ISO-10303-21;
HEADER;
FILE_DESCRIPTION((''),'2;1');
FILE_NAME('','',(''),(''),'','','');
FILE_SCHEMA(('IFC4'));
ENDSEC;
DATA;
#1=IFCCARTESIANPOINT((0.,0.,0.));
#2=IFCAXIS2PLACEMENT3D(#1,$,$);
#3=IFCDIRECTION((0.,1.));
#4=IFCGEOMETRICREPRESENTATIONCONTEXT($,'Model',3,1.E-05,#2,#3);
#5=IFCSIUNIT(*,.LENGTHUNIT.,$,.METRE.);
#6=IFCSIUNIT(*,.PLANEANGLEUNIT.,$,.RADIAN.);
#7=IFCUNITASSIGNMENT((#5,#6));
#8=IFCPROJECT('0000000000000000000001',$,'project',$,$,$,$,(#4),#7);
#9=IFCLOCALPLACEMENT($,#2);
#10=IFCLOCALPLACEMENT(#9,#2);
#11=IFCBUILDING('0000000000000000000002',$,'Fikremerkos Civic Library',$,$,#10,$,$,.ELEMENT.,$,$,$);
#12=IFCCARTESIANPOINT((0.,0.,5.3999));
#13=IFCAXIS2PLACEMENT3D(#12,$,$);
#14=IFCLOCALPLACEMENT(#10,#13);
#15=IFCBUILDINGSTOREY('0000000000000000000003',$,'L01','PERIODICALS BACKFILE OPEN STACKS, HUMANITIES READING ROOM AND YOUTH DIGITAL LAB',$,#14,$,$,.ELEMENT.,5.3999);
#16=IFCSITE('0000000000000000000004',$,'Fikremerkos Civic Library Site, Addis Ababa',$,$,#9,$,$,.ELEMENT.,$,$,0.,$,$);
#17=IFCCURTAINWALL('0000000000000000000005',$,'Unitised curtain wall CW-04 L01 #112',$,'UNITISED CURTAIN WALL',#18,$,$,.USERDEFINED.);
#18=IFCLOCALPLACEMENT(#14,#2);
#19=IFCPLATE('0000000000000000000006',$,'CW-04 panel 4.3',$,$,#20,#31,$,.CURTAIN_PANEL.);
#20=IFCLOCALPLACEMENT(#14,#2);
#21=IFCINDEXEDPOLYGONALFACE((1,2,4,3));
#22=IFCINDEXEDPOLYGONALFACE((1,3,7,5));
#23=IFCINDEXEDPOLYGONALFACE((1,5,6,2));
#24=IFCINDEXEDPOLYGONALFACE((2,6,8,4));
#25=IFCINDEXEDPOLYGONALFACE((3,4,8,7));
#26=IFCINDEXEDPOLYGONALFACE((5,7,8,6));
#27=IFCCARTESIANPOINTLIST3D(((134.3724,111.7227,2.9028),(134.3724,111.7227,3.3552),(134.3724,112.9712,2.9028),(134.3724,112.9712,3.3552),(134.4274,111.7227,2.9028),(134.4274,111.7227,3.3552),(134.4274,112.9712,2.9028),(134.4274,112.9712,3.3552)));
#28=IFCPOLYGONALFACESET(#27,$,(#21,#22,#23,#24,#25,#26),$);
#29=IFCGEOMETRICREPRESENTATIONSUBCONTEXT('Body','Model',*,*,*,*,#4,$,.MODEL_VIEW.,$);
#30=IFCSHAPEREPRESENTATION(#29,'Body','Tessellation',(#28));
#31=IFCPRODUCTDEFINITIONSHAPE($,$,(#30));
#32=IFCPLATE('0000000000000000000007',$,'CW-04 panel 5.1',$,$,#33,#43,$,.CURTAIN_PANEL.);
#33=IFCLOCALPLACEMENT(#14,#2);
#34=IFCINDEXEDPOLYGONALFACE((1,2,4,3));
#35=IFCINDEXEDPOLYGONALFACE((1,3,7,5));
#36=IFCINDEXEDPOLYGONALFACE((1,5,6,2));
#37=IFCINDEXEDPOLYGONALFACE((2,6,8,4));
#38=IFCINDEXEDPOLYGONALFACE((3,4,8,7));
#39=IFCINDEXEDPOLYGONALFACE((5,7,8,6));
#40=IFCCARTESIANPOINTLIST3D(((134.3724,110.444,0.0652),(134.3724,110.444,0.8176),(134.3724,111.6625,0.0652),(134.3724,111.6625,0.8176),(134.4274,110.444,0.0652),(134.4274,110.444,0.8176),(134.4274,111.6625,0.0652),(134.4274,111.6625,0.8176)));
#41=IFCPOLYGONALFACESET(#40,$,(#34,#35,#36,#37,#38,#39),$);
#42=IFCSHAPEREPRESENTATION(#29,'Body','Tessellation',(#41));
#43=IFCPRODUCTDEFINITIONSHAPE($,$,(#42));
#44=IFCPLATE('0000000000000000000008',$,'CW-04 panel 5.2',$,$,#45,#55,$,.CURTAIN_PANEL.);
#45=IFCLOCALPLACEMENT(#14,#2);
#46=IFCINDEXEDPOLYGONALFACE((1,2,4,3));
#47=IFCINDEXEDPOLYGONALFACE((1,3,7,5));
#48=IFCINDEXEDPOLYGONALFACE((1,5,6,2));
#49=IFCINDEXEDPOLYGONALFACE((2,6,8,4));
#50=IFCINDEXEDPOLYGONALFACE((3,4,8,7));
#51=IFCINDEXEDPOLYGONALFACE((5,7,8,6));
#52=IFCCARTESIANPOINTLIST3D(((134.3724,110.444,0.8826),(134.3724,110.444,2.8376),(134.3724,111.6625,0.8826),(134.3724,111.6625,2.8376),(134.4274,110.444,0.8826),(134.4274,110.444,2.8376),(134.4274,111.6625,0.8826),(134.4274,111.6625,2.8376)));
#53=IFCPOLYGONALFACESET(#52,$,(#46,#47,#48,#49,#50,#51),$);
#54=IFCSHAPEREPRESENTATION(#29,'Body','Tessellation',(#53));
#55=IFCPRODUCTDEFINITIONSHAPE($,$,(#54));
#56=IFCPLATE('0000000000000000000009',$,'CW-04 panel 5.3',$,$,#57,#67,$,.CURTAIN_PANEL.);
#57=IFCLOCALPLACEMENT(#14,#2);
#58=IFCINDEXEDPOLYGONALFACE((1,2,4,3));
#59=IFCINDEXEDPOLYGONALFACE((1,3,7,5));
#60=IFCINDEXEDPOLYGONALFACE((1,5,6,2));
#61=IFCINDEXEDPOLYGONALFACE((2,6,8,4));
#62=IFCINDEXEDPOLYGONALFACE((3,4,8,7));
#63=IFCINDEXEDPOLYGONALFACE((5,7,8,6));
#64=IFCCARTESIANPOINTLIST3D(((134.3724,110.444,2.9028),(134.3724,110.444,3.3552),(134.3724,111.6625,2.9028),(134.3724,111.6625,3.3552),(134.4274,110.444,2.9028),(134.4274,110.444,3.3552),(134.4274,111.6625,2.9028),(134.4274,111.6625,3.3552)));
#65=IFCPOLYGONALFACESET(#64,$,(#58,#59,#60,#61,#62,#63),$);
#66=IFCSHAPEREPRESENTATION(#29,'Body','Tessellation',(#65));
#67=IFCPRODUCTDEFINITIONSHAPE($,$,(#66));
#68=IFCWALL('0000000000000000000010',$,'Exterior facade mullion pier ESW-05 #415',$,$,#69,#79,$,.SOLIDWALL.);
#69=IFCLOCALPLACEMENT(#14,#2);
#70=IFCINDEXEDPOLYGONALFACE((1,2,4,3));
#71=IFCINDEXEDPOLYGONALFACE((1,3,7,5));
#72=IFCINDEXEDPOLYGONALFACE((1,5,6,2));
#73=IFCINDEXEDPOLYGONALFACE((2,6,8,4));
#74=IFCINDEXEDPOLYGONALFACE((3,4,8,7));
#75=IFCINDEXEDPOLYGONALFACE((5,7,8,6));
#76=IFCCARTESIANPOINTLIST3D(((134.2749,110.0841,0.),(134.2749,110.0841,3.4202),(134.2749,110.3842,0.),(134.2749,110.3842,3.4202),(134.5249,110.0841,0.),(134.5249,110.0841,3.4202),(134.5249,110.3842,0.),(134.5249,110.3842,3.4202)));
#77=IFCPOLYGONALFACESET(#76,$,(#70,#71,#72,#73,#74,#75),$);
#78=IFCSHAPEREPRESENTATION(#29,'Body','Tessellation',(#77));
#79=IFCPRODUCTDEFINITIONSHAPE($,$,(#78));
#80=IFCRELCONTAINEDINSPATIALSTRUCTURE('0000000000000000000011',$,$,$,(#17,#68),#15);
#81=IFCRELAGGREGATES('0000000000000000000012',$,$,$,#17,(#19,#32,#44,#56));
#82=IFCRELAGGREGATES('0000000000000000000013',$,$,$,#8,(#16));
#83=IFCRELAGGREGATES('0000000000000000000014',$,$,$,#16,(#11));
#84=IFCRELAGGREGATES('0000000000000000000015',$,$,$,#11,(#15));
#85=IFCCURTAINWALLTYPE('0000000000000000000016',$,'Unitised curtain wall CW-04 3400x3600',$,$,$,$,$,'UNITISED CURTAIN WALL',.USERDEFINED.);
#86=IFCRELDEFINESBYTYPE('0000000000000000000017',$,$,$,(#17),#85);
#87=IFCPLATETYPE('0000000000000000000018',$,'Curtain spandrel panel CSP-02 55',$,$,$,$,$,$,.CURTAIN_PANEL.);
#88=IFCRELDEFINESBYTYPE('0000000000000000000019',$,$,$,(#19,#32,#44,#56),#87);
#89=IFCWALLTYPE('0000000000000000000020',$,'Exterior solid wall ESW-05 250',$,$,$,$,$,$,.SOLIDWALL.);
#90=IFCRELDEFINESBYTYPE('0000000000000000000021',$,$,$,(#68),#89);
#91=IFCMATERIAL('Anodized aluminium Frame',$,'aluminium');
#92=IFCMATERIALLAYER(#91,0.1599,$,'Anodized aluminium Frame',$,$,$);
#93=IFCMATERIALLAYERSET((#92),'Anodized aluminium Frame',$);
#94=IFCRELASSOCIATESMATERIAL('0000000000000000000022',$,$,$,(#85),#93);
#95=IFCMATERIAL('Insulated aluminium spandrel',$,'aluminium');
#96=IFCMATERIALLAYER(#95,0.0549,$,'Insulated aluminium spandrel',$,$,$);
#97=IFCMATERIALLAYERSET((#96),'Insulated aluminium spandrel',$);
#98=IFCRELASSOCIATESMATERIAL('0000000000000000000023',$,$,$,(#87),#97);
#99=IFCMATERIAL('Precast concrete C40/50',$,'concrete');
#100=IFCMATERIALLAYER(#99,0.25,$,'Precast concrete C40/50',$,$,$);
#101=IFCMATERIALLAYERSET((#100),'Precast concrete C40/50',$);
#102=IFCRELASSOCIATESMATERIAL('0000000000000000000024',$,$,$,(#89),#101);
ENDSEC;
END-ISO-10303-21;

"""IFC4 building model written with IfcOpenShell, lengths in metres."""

from ifc_helpers import new_model, si_unit, direction, frame, frame_2d, origin, origin_2d, place, context, subcontext, project, spatial, rectangle, extrude, material, layer, layer_set, type_object, element, aggregate, save


model = new_model("IFC4")

# Units and contexts
model_context = context("Model", 3, precision=1e-05, world=origin(), true_north=direction((0.0, 1.0)))
body_context = subcontext(model_context, "Body", "Model", "MODEL_VIEW")
ifc_project = project(units=[si_unit("LENGTHUNIT", "METRE"), si_unit("PLANEANGLEUNIT", "RADIAN")], contexts=[model_context])

# Site, building, storey
site_placement = place(None, origin())
site = spatial("IfcSite", under=ifc_project, at=site_placement, Name="Fikremerkos Civic Library Site, Addis Ababa", CompositionType="ELEMENT", RefElevation=0.0)
building_placement = place(site_placement, origin())
building = spatial("IfcBuilding", under=site, at=building_placement, Name="Fikremerkos Civic Library", CompositionType="ELEMENT")
storey_placement = place(building_placement, frame((0.0, 0.0, 5.3999)))
storey = spatial("IfcBuildingStorey", under=building, at=storey_placement, Name="L01", Description="PERIODICALS BACKFILE OPEN STACKS, HUMANITIES READING ROOM AND YOUTH DIGITAL LAB", CompositionType="ELEMENT", Elevation=5.3999)

# Shared definitions
ifc_material_1 = material(Name="Anodized aluminium Frame", Category="aluminium")

# Curtain wall
ifc_layer_1 = layer(ifc_material_1, 0.1599, Name="Anodized aluminium Frame")
ifc_layer_set_1 = layer_set([ifc_layer_1], Name="Anodized aluminium Frame")
curtain_wall_type_1 = type_object("IfcCurtainWallType", Name="Unitised curtain wall CW-04 3400x3600", ElementType="UNITISED CURTAIN WALL", PredefinedType="USERDEFINED", material=ifc_layer_set_1)
curtain_wall_1_placement = place(storey_placement, origin())
curtain_wall_1 = element("IfcCurtainWall", 1, at=curtain_wall_1_placement, inside=storey, type_object=curtain_wall_type_1, Name="Unitised curtain wall CW-04 L01 #112", ObjectType="UNITISED CURTAIN WALL", PredefinedType="USERDEFINED")

# Plates
ifc_material_2 = material(Name="Insulated aluminium spandrel", Category="aluminium")
ifc_layer_2 = layer(ifc_material_2, 0.0549, Name="Insulated aluminium spandrel")
ifc_layer_set_2 = layer_set([ifc_layer_2], Name="Insulated aluminium spandrel")
plate_type_1 = type_object("IfcPlateType", Name="Curtain spandrel panel CSP-02 55", PredefinedType="CURTAIN_PANEL", material=ifc_layer_set_2)
plate_1_placement = place(storey_placement, frame((134.3999, 112.3469, 2.9028), z_axis=(0.0, 0.0, 1.0), x_axis=(0.0, -1.0, 0.0)))
plate_1 = element("IfcPlate", 2, at=plate_1_placement, type_object=plate_type_1, Name="CW-04 panel 4.3", PredefinedType="CURTAIN_PANEL", context=body_context, shape_type="SweptSolid", body=[
    extrude(rectangle(XDim=1.2485, YDim=0.0549, at=origin_2d()), origin(), (0.0, 0.0, 1.0), 0.4524),
])
plate_2_placement = place(storey_placement, frame((134.3999, 111.0532, 0.0652), z_axis=(0.0, 0.0, 1.0), x_axis=(0.0, -1.0, 0.0)))
plate_2 = element("IfcPlate", 3, at=plate_2_placement, type_object=plate_type_1, Name="CW-04 panel 5.1", PredefinedType="CURTAIN_PANEL", context=body_context, shape_type="SweptSolid", body=[
    extrude(rectangle(XDim=1.2185, YDim=0.0549, at=origin_2d()), origin(), (0.0, 0.0, 1.0), 0.7524),
])
plate_3_placement = place(storey_placement, frame((134.3999, 111.0532, 0.8826), z_axis=(0.0, 0.0, 1.0), x_axis=(0.0, -1.0, 0.0)))
plate_3 = element("IfcPlate", 4, at=plate_3_placement, type_object=plate_type_1, Name="CW-04 panel 5.2", PredefinedType="CURTAIN_PANEL", context=body_context, shape_type="SweptSolid", body=[
    extrude(rectangle(XDim=1.2185, YDim=0.0549, at=origin_2d()), origin(), (0.0, 0.0, 1.0), 1.9551),
])
plate_4_placement = place(storey_placement, frame((134.3999, 111.0532, 2.9028), z_axis=(0.0, 0.0, 1.0), x_axis=(0.0, -1.0, 0.0)))
plate_4 = element("IfcPlate", 5, at=plate_4_placement, type_object=plate_type_1, Name="CW-04 panel 5.3", PredefinedType="CURTAIN_PANEL", context=body_context, shape_type="SweptSolid", body=[
    extrude(rectangle(XDim=1.2185, YDim=0.0549, at=origin_2d()), origin(), (0.0, 0.0, 1.0), 0.4524),
])
aggregate(curtain_wall_1, [plate_1, plate_2, plate_3, plate_4])

# Wall
ifc_material_3 = material(Name="Precast concrete C40/50", Category="concrete")
ifc_layer_3 = layer(ifc_material_3, 0.25, Name="Precast concrete C40/50")
ifc_layer_set_3 = layer_set([ifc_layer_3], Name="Precast concrete C40/50")
wall_type = type_object("IfcWallType", Name="Exterior solid wall ESW-05 250", PredefinedType="SOLIDWALL", material=ifc_layer_set_3)
wall_placement = place(storey_placement, frame((134.3999, 110.384, 0.0), z_axis=(0.0, 0.0, 1.0), x_axis=(0.0, -1.0, 0.0)))
element("IfcWall", 6, at=wall_placement, inside=storey, type_object=wall_type, Name="Exterior facade mullion pier ESW-05 #415", PredefinedType="SOLIDWALL", context=body_context, shape_type="SweptSolid", body=[
    extrude(rectangle(XDim=0.3, YDim=0.25, at=frame_2d((0.1499, 0.0))), origin(), (0.0, 0.0, 1.0), 3.4202),
])

save(model, "model.ifc")
